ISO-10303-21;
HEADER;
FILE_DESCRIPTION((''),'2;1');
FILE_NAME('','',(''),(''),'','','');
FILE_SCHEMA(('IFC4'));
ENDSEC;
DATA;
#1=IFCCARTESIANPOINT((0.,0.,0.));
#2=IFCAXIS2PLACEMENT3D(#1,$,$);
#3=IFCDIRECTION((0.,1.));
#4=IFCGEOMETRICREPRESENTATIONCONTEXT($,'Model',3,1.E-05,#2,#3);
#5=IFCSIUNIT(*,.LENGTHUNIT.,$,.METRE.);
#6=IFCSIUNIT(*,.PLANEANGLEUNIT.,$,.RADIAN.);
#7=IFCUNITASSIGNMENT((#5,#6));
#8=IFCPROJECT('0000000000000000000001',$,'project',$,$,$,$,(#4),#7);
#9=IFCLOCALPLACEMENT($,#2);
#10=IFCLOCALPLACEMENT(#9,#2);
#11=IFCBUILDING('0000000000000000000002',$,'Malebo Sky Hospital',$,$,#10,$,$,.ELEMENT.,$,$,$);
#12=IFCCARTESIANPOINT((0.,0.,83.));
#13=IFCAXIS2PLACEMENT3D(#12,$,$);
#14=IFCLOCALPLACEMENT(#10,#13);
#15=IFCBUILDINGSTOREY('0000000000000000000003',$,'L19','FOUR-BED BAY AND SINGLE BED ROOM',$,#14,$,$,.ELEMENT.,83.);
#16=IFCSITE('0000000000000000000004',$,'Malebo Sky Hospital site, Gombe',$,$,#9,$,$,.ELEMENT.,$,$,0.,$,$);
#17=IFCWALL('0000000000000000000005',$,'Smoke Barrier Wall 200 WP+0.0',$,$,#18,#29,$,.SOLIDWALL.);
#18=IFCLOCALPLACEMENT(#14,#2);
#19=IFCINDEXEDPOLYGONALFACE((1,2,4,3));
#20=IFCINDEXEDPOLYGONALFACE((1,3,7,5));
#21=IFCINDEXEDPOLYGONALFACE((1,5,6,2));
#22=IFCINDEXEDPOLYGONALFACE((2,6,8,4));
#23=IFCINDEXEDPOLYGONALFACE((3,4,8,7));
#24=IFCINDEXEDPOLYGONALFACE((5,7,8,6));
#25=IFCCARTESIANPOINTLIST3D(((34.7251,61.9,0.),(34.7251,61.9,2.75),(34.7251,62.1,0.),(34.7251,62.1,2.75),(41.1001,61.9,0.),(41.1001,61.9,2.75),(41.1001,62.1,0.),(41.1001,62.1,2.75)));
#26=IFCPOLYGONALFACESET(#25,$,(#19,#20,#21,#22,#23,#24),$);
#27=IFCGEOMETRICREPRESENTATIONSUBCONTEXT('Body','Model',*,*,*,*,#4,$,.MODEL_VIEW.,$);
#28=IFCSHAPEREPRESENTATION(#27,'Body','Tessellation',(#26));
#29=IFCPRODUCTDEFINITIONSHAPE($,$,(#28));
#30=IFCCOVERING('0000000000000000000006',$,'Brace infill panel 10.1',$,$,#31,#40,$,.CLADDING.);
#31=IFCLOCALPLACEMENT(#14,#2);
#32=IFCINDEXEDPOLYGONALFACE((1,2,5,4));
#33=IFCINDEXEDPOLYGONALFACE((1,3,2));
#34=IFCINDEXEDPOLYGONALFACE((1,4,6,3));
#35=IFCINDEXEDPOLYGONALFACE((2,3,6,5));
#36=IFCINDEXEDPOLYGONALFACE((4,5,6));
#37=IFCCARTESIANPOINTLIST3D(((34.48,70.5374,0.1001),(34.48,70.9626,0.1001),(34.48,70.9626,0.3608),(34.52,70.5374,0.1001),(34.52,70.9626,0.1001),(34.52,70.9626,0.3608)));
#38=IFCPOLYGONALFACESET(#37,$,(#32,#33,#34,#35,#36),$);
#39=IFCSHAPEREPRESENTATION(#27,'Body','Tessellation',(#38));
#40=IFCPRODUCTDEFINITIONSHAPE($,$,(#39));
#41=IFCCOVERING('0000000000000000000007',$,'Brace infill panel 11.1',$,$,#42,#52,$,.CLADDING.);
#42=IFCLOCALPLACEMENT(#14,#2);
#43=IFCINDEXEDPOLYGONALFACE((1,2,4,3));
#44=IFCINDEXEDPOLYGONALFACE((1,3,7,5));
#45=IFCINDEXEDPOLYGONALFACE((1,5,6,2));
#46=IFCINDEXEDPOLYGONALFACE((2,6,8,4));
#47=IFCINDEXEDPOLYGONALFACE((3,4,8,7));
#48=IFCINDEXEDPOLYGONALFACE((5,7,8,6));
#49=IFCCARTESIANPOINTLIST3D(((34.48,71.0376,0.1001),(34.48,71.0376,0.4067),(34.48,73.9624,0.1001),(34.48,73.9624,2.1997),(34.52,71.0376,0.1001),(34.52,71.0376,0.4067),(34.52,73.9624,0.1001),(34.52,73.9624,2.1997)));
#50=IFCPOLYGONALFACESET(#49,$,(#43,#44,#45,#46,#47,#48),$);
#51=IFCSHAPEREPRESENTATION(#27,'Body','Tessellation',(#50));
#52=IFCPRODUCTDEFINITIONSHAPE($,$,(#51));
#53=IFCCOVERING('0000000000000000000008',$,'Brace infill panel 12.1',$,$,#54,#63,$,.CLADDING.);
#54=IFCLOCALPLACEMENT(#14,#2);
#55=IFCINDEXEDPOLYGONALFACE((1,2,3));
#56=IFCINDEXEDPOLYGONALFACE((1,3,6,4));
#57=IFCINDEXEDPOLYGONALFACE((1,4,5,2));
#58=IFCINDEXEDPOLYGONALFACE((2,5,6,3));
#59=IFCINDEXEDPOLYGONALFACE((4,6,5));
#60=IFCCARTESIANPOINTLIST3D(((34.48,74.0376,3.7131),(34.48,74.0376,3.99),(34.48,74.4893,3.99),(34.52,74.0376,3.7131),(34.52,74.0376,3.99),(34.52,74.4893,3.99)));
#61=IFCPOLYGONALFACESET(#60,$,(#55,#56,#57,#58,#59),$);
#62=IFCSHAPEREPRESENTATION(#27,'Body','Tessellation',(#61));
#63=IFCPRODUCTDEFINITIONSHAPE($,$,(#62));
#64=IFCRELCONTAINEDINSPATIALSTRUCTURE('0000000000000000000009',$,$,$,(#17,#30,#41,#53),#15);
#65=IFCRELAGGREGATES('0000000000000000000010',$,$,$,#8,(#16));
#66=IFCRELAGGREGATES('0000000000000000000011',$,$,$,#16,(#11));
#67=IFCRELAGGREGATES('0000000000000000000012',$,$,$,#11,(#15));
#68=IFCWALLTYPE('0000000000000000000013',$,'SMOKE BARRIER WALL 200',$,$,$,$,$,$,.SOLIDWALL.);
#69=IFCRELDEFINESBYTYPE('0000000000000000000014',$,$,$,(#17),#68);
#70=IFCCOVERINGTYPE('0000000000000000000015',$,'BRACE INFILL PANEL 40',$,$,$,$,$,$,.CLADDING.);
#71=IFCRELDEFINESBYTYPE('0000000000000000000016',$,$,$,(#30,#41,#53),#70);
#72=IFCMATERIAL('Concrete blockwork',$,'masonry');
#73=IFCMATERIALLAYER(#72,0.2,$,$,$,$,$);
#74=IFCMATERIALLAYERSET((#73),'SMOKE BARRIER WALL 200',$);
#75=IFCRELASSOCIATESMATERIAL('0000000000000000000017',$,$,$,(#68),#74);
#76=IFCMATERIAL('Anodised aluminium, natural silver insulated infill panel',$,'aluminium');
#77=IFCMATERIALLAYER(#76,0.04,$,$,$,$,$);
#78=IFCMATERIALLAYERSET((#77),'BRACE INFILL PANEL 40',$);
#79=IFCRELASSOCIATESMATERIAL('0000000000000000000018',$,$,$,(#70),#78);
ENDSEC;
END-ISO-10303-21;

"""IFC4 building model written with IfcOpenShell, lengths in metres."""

from ifc_helpers import new_model, si_unit, direction, frame, frame_2d, origin, place, context, subcontext, project, spatial, polyline, rectangle, outline, extrude, material, layer, layer_set, type_object, element, save


model = new_model("IFC4")

# Units and contexts
model_context = context("Model", 3, precision=1e-05, world=origin(), true_north=direction((0.0, 1.0)))
body_context = subcontext(model_context, "Body", "Model", "MODEL_VIEW")
ifc_project = project(units=[si_unit("LENGTHUNIT", "METRE"), si_unit("PLANEANGLEUNIT", "RADIAN")], contexts=[model_context])

# Site, building, storey
site_placement = place(None, origin())
site = spatial("IfcSite", under=ifc_project, at=site_placement, Name="Malebo Sky Hospital site, Gombe", CompositionType="ELEMENT", RefElevation=0.0)
building_placement = place(site_placement, origin())
building = spatial("IfcBuilding", under=site, at=building_placement, Name="Malebo Sky Hospital", CompositionType="ELEMENT")
storey_placement = place(building_placement, frame((0.0, 0.0, 83.0)))
storey = spatial("IfcBuildingStorey", under=building, at=storey_placement, Name="L19", Description="FOUR-BED BAY AND SINGLE BED ROOM", CompositionType="ELEMENT", Elevation=83.0)

# Wall
ifc_material_1 = material(Name="Concrete blockwork", Category="masonry")
ifc_layer_1 = layer(ifc_material_1, 0.2)
ifc_layer_set_1 = layer_set([ifc_layer_1], Name="SMOKE BARRIER WALL 200")
wall_type_1 = type_object("IfcWallType", Name="SMOKE BARRIER WALL 200", PredefinedType="SOLIDWALL", material=ifc_layer_set_1)
wall_1_placement = place(storey_placement, frame((41.1001, 62.0, 0.0), z_axis=(0.0, 0.0, 1.0), x_axis=(-1.0, 0.0, 0.0)))
element("IfcWall", 1, at=wall_1_placement, inside=storey, type_object=wall_type_1, Name="Smoke Barrier Wall 200 WP+0.0", PredefinedType="SOLIDWALL", context=body_context, shape_type="SweptSolid", body=[
    extrude(rectangle(XDim=6.375, YDim=0.2, at=frame_2d((3.1875, 0.0))), origin(), (0.0, 0.0, 1.0), 2.75),
])

# Coverings
ifc_material_2 = material(Name="Anodised aluminium, natural silver insulated infill panel", Category="aluminium")
ifc_layer_2 = layer(ifc_material_2, 0.04)
ifc_layer_set_2 = layer_set([ifc_layer_2], Name="BRACE INFILL PANEL 40")
covering_type = type_object("IfcCoveringType", Name="BRACE INFILL PANEL 40", PredefinedType="CLADDING", material=ifc_layer_set_2)
covering_1_placement = place(storey_placement, frame((34.5, 70.75, 0.1001), z_axis=(0.0, 0.0, 1.0), x_axis=(0.0, 1.0, 0.0)))
element("IfcCovering", 2, at=covering_1_placement, inside=storey, type_object=covering_type, Name="Brace infill panel 10.1", PredefinedType="CLADDING", context=body_context, shape_type="SweptSolid", body=[
    extrude(outline(polyline([(-0.2126, 0.0), (0.2126, 0.0), (0.2126, 0.2607), (-0.2126, 0.0)])), frame((0.0, 0.02, 0.0), z_axis=(0.0, -1.0, 0.0), x_axis=(1.0, 0.0, 0.0)), (0.0, 0.0, 1.0), 0.04),
])
covering_2_placement = place(storey_placement, frame((34.5, 72.5, 0.1001), z_axis=(0.0, 0.0, 1.0), x_axis=(0.0, 1.0, 0.0)))
element("IfcCovering", 3, at=covering_2_placement, inside=storey, type_object=covering_type, Name="Brace infill panel 11.1", PredefinedType="CLADDING", context=body_context, shape_type="SweptSolid", body=[
    extrude(outline(polyline([(-1.4624, 0.0), (1.4624, 0.0), (1.4624, 2.0996), (-1.4624, 0.3066), (-1.4624, 0.0)])), frame((0.0, 0.02, 0.0), z_axis=(0.0, -1.0, 0.0), x_axis=(1.0, 0.0, 0.0)), (0.0, 0.0, 1.0), 0.04),
])
covering_3_placement = place(storey_placement, frame((34.5, 74.2634, 3.7131), z_axis=(0.0, 0.0, 1.0), x_axis=(0.0, 1.0, 0.0)))
element("IfcCovering", 4, at=covering_3_placement, inside=storey, type_object=covering_type, Name="Brace infill panel 12.1", PredefinedType="CLADDING", context=body_context, shape_type="SweptSolid", body=[
    extrude(outline(polyline([(-0.2258, 0.0), (0.2258, 0.2769), (-0.2258, 0.2769), (-0.2258, 0.0)])), frame((0.0, 0.02, 0.0), z_axis=(0.0, -1.0, 0.0), x_axis=(1.0, 0.0, 0.0)), (0.0, 0.0, 1.0), 0.04),
])

save(model, "model.ifc")
